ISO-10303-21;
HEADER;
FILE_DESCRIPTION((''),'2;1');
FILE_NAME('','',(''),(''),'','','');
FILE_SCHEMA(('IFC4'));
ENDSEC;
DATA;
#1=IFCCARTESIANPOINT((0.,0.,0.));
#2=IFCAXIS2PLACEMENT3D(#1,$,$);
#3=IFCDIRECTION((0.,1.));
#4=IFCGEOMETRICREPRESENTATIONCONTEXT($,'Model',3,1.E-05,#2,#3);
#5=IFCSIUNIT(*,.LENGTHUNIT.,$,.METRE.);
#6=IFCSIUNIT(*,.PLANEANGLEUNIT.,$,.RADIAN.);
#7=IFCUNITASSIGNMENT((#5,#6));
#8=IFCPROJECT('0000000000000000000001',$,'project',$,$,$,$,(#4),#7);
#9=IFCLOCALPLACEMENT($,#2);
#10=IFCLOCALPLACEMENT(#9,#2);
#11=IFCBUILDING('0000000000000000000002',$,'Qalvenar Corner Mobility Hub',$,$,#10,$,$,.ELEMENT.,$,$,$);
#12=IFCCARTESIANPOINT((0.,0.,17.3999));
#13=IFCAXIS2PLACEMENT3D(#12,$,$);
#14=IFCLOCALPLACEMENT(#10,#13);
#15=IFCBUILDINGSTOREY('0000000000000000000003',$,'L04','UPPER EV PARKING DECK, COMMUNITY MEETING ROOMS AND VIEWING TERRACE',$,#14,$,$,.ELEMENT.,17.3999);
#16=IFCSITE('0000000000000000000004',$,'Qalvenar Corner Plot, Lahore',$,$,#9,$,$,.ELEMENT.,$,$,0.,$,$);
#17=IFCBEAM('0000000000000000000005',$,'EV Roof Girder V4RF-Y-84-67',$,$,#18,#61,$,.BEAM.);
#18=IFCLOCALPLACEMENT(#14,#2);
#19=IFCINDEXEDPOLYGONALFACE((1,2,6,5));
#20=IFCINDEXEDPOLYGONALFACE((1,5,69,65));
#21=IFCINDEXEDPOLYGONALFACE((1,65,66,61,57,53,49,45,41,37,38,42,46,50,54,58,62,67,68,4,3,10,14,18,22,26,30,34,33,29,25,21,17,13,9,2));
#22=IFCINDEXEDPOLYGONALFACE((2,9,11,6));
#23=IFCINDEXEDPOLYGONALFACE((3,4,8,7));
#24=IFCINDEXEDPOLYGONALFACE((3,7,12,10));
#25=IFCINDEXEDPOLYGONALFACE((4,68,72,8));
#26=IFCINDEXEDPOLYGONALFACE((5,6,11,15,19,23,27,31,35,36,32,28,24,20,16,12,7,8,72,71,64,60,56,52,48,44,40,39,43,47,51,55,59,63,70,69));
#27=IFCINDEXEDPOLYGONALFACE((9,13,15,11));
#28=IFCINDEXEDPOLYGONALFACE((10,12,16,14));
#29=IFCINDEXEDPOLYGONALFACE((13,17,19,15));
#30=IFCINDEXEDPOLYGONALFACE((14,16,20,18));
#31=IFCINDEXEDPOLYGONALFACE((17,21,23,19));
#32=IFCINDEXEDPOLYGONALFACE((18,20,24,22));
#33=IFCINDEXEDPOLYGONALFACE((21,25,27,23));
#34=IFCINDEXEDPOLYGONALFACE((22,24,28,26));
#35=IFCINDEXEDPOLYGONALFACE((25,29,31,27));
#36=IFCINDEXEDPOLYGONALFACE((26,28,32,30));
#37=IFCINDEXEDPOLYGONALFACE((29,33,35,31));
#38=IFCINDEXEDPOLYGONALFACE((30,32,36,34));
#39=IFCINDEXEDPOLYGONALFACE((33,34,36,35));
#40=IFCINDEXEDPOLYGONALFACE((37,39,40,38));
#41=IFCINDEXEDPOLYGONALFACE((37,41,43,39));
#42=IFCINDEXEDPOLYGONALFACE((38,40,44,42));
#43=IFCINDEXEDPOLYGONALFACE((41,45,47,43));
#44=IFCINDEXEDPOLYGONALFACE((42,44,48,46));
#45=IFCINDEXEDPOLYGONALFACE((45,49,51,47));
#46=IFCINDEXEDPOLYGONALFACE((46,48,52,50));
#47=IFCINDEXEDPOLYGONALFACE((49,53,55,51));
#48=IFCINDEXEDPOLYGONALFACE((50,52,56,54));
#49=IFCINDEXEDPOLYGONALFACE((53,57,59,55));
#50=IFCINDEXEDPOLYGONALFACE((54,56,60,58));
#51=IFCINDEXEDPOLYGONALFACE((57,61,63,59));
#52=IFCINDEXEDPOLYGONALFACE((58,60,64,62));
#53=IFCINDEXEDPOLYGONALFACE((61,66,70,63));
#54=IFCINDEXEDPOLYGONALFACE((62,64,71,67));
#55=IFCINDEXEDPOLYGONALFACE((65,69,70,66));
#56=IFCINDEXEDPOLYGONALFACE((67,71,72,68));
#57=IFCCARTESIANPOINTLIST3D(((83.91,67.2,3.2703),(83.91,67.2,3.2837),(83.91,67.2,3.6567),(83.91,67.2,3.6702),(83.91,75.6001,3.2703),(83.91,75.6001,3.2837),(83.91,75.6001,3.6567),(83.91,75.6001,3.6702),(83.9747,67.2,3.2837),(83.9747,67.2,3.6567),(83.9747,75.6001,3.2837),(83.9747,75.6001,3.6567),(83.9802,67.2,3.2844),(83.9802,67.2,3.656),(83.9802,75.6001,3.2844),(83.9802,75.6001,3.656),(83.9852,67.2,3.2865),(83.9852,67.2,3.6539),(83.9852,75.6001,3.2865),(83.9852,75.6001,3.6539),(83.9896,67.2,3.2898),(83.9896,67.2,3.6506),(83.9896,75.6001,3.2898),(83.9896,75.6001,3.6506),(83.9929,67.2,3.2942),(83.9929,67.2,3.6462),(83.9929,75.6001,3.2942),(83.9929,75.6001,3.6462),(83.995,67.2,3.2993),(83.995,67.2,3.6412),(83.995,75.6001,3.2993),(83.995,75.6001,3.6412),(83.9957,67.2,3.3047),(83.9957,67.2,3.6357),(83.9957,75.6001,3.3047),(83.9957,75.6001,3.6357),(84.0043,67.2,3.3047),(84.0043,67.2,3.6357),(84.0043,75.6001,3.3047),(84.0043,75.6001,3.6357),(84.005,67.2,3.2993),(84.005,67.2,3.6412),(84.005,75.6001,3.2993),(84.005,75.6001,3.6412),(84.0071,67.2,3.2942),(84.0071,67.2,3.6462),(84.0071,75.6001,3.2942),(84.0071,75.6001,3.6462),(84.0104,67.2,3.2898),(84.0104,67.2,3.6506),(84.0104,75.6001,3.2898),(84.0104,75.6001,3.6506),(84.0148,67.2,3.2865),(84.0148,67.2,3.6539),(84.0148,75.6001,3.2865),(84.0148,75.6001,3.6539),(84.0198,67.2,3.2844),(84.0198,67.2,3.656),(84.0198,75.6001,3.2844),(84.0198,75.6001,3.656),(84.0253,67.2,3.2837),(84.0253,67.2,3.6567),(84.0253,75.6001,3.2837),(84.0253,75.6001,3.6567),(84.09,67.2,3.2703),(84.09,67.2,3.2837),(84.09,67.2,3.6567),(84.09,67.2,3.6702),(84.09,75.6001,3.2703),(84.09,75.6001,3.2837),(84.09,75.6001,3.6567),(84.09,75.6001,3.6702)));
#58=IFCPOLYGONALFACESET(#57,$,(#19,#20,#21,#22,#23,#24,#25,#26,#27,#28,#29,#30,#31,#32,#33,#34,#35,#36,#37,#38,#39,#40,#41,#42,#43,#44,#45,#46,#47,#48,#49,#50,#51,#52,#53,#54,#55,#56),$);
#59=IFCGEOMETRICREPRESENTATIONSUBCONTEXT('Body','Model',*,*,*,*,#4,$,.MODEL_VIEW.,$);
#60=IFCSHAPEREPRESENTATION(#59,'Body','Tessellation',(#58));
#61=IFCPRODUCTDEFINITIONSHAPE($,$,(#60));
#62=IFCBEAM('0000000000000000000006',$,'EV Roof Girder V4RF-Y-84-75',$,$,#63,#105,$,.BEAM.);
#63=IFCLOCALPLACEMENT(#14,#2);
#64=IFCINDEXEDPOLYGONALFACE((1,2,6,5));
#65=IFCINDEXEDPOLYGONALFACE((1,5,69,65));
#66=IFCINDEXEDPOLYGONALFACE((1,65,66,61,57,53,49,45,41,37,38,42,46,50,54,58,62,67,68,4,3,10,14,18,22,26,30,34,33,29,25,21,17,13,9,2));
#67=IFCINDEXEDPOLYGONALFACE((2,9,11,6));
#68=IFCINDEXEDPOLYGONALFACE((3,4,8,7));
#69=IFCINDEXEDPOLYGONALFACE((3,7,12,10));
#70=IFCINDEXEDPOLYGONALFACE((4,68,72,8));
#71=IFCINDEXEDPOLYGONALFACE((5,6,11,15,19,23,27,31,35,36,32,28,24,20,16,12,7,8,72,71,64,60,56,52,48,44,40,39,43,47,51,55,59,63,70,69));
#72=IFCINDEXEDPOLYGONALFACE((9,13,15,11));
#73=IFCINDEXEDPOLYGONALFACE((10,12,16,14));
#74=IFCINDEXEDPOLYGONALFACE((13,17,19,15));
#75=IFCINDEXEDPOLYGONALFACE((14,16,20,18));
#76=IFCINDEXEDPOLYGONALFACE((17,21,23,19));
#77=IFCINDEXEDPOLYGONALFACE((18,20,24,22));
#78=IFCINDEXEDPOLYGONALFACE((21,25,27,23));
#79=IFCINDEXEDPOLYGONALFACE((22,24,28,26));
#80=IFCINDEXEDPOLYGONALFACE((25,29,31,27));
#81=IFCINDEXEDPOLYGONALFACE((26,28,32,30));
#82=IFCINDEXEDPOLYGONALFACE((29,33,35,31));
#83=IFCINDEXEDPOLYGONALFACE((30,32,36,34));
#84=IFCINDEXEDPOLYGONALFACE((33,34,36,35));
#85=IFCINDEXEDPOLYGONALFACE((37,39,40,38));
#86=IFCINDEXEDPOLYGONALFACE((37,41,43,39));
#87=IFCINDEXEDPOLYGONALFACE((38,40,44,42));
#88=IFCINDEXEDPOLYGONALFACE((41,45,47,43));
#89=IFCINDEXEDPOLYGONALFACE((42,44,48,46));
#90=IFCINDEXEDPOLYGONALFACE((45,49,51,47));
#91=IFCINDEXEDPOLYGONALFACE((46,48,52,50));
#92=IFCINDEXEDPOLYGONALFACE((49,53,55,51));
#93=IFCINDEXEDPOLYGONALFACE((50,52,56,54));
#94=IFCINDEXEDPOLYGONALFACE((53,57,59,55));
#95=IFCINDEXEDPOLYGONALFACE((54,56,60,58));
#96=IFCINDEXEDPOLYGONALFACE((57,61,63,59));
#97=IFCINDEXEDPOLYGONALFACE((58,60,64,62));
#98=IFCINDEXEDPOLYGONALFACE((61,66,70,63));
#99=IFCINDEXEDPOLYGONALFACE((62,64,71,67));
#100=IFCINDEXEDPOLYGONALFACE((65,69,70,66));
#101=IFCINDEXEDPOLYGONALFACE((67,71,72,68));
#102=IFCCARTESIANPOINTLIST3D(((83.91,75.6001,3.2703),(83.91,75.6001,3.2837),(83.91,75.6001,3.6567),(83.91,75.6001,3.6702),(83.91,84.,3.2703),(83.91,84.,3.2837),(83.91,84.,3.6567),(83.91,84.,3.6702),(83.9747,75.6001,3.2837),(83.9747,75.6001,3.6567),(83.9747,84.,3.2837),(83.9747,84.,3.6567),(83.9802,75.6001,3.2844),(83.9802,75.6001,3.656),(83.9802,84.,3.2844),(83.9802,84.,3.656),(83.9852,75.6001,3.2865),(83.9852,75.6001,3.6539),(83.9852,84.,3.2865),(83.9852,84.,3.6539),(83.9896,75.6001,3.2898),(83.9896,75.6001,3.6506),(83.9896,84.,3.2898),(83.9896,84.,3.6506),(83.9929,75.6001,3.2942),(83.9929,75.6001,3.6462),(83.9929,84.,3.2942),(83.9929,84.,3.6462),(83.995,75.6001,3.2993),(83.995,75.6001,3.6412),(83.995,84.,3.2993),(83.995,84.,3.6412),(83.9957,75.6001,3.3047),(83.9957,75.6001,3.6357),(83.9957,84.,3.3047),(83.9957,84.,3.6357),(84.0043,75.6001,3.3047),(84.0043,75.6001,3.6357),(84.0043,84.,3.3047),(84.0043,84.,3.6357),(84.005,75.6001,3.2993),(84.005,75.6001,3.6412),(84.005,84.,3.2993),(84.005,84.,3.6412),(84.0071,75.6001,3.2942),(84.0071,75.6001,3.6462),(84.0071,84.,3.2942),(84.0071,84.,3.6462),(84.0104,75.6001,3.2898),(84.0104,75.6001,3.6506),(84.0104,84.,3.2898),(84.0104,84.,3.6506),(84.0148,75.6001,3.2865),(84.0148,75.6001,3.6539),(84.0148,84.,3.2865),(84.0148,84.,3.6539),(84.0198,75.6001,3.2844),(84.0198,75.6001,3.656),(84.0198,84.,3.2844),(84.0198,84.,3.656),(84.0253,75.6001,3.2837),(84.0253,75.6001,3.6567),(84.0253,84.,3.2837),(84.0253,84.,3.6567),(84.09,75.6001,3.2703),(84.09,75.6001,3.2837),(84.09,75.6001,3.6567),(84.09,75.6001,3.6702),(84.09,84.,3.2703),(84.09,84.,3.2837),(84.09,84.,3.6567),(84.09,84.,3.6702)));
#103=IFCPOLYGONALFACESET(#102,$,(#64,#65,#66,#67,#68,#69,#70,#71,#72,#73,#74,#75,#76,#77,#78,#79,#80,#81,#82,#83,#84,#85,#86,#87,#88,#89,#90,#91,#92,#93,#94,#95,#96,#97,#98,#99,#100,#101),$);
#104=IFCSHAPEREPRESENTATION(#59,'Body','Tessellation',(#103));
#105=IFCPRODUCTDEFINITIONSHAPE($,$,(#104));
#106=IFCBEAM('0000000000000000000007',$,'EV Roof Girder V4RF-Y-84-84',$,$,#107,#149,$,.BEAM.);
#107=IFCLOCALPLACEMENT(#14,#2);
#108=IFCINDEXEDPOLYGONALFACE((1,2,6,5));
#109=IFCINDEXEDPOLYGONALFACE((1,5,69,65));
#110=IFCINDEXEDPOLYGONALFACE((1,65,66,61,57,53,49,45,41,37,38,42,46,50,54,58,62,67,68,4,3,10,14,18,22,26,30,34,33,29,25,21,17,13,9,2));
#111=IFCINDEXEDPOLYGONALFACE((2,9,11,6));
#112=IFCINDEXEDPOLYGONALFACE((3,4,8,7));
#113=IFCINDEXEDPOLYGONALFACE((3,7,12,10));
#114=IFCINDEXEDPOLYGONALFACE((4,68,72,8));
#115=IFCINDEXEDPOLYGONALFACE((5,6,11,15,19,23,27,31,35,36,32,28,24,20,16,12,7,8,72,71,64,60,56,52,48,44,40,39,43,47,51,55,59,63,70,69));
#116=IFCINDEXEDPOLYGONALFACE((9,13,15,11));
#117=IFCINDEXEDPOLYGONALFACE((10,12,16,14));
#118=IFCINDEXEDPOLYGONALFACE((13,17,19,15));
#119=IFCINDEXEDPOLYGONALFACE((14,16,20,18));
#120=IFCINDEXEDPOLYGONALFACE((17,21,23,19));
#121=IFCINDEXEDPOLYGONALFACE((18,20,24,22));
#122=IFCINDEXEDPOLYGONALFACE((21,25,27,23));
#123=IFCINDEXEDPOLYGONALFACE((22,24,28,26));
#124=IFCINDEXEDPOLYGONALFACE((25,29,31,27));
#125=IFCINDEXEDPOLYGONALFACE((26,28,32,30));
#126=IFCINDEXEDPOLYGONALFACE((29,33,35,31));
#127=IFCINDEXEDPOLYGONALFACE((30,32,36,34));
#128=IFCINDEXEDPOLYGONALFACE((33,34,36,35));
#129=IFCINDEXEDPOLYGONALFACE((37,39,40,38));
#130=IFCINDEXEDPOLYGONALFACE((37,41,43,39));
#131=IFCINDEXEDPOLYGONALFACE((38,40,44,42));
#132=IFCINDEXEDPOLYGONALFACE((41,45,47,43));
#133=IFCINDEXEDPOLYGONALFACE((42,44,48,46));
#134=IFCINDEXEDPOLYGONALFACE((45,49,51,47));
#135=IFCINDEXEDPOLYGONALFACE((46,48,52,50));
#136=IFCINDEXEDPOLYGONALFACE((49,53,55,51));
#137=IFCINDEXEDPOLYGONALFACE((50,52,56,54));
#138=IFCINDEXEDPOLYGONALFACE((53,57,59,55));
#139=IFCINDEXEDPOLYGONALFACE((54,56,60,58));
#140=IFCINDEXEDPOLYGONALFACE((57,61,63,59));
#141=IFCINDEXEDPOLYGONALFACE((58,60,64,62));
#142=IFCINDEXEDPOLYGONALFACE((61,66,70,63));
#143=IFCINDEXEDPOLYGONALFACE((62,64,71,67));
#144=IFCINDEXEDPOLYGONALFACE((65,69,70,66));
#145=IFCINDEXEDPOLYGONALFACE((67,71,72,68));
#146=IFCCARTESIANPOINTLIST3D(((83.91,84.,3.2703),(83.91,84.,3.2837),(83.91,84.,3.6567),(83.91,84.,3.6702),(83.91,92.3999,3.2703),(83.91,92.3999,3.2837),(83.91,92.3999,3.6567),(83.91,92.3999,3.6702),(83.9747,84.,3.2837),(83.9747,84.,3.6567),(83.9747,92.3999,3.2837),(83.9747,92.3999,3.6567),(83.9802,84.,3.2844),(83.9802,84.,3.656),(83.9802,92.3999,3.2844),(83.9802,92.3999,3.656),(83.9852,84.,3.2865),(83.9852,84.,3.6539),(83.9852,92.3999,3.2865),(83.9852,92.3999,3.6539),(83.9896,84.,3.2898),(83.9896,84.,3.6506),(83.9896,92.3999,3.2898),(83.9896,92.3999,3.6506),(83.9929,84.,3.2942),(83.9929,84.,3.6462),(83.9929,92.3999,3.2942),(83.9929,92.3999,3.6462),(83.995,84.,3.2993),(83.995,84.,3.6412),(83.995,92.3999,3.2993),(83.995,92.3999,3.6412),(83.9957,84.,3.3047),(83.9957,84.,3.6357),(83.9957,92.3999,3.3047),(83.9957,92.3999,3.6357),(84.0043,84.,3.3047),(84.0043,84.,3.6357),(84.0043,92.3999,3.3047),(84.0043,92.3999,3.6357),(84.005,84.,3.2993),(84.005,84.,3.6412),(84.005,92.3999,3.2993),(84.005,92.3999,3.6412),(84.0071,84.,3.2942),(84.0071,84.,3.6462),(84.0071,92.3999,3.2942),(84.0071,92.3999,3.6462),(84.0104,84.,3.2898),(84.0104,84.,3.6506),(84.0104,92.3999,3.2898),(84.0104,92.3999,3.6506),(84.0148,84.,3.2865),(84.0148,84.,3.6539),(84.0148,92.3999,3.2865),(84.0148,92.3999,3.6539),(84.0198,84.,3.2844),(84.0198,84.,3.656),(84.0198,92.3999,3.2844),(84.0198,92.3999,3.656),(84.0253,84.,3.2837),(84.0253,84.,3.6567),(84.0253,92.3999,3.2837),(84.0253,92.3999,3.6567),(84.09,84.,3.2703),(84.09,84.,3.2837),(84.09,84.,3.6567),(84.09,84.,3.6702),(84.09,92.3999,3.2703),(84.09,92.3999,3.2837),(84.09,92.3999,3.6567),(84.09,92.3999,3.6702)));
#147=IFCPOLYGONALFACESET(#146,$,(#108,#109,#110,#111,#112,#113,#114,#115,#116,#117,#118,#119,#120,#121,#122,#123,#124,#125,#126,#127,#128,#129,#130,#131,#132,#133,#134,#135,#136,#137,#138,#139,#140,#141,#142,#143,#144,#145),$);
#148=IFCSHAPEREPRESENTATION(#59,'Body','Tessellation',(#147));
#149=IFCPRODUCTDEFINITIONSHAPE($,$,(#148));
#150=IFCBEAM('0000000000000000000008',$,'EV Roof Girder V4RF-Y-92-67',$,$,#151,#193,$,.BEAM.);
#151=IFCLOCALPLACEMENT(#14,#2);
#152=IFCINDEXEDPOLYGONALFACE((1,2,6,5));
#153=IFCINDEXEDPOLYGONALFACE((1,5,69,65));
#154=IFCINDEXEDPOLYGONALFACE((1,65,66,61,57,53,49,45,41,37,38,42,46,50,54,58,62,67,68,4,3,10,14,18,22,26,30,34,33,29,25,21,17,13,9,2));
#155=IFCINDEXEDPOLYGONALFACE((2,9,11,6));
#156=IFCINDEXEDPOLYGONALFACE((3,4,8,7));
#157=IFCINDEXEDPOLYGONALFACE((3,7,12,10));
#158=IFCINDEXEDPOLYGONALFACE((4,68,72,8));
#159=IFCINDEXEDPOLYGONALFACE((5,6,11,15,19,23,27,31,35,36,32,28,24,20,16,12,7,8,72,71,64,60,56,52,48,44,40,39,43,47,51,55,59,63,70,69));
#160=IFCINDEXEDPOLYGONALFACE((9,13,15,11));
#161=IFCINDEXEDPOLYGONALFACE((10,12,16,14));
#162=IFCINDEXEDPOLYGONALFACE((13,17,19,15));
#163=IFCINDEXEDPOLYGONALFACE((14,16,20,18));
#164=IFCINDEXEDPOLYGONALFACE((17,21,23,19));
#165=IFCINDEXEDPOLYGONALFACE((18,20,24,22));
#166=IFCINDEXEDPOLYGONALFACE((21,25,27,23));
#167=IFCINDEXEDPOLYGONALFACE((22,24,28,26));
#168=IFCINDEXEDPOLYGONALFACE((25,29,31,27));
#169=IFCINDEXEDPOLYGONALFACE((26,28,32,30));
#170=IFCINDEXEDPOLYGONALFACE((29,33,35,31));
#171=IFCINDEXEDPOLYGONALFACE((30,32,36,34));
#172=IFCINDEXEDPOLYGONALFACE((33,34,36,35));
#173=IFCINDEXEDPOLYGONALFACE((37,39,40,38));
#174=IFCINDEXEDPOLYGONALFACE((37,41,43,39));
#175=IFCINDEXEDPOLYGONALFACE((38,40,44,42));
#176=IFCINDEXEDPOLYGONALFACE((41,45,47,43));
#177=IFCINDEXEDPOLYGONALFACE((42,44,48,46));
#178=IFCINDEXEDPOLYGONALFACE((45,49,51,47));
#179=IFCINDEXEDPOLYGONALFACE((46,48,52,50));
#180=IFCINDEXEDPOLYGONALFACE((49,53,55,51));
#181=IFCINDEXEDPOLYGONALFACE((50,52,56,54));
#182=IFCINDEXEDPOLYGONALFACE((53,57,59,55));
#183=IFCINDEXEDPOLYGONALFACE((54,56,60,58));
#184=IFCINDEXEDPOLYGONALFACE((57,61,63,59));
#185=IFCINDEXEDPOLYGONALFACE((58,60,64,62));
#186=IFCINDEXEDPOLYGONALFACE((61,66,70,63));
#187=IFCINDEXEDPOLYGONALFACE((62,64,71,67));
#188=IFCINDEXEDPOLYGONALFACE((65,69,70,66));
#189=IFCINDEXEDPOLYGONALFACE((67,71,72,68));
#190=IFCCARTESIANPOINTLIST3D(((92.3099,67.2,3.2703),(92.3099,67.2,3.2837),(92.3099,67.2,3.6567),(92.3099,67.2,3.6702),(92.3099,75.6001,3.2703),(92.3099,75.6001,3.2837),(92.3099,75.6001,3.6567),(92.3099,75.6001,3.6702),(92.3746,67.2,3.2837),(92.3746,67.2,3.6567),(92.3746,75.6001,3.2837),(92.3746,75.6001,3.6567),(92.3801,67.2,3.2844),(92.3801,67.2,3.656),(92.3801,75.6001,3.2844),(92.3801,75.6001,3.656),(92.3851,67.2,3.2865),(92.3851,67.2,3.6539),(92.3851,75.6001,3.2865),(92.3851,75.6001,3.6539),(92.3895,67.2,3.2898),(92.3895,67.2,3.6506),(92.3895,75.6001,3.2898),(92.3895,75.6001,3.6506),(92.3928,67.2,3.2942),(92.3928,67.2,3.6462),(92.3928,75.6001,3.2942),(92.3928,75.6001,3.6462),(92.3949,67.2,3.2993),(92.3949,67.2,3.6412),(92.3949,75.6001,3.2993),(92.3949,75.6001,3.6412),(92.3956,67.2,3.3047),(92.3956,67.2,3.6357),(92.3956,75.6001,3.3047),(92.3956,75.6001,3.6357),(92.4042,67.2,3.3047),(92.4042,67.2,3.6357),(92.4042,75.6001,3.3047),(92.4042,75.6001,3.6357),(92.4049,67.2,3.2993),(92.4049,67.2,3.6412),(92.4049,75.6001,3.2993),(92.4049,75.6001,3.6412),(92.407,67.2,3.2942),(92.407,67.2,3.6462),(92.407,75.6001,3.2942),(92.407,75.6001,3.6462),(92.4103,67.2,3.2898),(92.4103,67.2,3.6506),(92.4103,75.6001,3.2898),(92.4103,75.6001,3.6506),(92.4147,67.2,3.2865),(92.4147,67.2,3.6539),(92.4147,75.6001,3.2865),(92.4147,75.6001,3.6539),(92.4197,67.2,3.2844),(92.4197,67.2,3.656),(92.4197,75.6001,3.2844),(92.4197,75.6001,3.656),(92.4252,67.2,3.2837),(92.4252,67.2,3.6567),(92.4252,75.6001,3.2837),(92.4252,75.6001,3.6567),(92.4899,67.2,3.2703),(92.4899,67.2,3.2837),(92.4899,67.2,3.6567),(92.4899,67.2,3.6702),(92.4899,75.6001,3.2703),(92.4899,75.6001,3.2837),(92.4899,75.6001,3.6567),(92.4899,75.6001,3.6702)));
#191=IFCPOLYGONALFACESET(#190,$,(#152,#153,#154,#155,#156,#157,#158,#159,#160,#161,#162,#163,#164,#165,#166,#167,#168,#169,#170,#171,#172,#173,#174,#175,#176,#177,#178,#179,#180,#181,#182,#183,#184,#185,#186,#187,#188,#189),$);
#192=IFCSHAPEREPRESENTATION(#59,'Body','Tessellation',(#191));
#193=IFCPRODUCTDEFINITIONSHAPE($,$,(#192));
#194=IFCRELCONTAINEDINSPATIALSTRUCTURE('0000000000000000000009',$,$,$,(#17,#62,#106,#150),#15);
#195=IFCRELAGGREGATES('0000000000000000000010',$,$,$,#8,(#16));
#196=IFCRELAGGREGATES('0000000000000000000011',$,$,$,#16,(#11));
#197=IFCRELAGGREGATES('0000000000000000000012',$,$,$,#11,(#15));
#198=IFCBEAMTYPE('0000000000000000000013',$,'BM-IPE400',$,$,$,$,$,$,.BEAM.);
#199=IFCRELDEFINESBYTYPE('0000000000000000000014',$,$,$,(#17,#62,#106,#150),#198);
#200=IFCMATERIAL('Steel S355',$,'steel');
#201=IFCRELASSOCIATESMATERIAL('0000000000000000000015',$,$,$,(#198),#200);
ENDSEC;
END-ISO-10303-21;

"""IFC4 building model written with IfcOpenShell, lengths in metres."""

from ifc_helpers import new_model, si_unit, direction, frame, origin, origin_2d, place, context, subcontext, project, spatial, i_section, extrude, material, material_profile, profile_set, type_object, element, save


model = new_model("IFC4")

# Units and contexts
model_context = context("Model", 3, precision=1e-05, world=origin(), true_north=direction((0.0, 1.0)))
body_context = subcontext(model_context, "Body", "Model", "MODEL_VIEW")
ifc_project = project(units=[si_unit("LENGTHUNIT", "METRE"), si_unit("PLANEANGLEUNIT", "RADIAN")], contexts=[model_context])

# Site, building, storey
site_placement = place(None, origin())
site = spatial("IfcSite", under=ifc_project, at=site_placement, Name="Qalvenar Corner Plot, Lahore", CompositionType="ELEMENT", RefElevation=0.0)
building_placement = place(site_placement, origin())
building = spatial("IfcBuilding", under=site, at=building_placement, Name="Qalvenar Corner Mobility Hub", CompositionType="ELEMENT")
storey_placement = place(building_placement, frame((0.0, 0.0, 17.3999)))
storey = spatial("IfcBuildingStorey", under=building, at=storey_placement, Name="L04", Description="UPPER EV PARKING DECK, COMMUNITY MEETING ROOMS AND VIEWING TERRACE", CompositionType="ELEMENT", Elevation=17.3999)

# Shared definitions
ifc_material = material(Name="Steel S355", Category="steel")

# Beams
ifc_material_profile_1 = material_profile(ifc_material, i_section(OverallWidth=0.1799, OverallDepth=0.3999, WebThickness=0.0085, FlangeThickness=0.0134, FilletRadius=0.021, at=origin_2d()), Name="IPE400")
ifc_profile_set_1 = profile_set([ifc_material_profile_1], Name="Steel S355")
beam_type_1 = type_object("IfcBeamType", Name="BM-IPE400", PredefinedType="BEAM", material=ifc_profile_set_1)
beam_1_placement = place(storey_placement, frame((84.0, 67.2, 3.4702), z_axis=(0.0, 1.0, 0.0), x_axis=(-1.0, 0.0, 0.0)))
element("IfcBeam", 1, at=beam_1_placement, inside=storey, type_object=beam_type_1, Name="EV Roof Girder V4RF-Y-84-67", PredefinedType="BEAM", context=body_context, shape_type="SweptSolid", body=[
    extrude(i_section(OverallWidth=0.1799, OverallDepth=0.3999, WebThickness=0.0085, FlangeThickness=0.0134, FilletRadius=0.021, at=origin_2d()), origin(), (0.0, 0.0, 1.0), 8.4001),
])
for number, where, z_axis, x_axis, name in (
    (2, (84.0, 75.6001, 3.4702), (0.0, 1.0, 0.0), (-1.0, 0.0, 0.0), "EV Roof Girder V4RF-Y-84-75"),
    (3, (84.0, 84.0, 3.4702), (0.0, 1.0, 0.0), (-1.0, 0.0, 0.0), "EV Roof Girder V4RF-Y-84-84"),
):
    element("IfcBeam", number, at=place(storey_placement, frame(where, z_axis=z_axis, x_axis=x_axis)), inside=storey, type_object=beam_type_1, Name=name, PredefinedType="BEAM", context=body_context, shape_type="SweptSolid", body=[
        extrude(i_section(OverallWidth=0.1799, OverallDepth=0.3999, WebThickness=0.0085, FlangeThickness=0.0134, FilletRadius=0.021, at=origin_2d()), origin(), (0.0, 0.0, 1.0), 8.3999),
    ])
beam_2_placement = place(storey_placement, frame((92.3999, 67.2, 3.4702), z_axis=(0.0, 1.0, 0.0), x_axis=(-1.0, 0.0, 0.0)))
element("IfcBeam", 4, at=beam_2_placement, inside=storey, type_object=beam_type_1, Name="EV Roof Girder V4RF-Y-92-67", PredefinedType="BEAM", context=body_context, shape_type="SweptSolid", body=[
    extrude(i_section(OverallWidth=0.1799, OverallDepth=0.3999, WebThickness=0.0085, FlangeThickness=0.0134, FilletRadius=0.021, at=origin_2d()), origin(), (0.0, 0.0, 1.0), 8.4001),
])

save(model, "model.ifc")
